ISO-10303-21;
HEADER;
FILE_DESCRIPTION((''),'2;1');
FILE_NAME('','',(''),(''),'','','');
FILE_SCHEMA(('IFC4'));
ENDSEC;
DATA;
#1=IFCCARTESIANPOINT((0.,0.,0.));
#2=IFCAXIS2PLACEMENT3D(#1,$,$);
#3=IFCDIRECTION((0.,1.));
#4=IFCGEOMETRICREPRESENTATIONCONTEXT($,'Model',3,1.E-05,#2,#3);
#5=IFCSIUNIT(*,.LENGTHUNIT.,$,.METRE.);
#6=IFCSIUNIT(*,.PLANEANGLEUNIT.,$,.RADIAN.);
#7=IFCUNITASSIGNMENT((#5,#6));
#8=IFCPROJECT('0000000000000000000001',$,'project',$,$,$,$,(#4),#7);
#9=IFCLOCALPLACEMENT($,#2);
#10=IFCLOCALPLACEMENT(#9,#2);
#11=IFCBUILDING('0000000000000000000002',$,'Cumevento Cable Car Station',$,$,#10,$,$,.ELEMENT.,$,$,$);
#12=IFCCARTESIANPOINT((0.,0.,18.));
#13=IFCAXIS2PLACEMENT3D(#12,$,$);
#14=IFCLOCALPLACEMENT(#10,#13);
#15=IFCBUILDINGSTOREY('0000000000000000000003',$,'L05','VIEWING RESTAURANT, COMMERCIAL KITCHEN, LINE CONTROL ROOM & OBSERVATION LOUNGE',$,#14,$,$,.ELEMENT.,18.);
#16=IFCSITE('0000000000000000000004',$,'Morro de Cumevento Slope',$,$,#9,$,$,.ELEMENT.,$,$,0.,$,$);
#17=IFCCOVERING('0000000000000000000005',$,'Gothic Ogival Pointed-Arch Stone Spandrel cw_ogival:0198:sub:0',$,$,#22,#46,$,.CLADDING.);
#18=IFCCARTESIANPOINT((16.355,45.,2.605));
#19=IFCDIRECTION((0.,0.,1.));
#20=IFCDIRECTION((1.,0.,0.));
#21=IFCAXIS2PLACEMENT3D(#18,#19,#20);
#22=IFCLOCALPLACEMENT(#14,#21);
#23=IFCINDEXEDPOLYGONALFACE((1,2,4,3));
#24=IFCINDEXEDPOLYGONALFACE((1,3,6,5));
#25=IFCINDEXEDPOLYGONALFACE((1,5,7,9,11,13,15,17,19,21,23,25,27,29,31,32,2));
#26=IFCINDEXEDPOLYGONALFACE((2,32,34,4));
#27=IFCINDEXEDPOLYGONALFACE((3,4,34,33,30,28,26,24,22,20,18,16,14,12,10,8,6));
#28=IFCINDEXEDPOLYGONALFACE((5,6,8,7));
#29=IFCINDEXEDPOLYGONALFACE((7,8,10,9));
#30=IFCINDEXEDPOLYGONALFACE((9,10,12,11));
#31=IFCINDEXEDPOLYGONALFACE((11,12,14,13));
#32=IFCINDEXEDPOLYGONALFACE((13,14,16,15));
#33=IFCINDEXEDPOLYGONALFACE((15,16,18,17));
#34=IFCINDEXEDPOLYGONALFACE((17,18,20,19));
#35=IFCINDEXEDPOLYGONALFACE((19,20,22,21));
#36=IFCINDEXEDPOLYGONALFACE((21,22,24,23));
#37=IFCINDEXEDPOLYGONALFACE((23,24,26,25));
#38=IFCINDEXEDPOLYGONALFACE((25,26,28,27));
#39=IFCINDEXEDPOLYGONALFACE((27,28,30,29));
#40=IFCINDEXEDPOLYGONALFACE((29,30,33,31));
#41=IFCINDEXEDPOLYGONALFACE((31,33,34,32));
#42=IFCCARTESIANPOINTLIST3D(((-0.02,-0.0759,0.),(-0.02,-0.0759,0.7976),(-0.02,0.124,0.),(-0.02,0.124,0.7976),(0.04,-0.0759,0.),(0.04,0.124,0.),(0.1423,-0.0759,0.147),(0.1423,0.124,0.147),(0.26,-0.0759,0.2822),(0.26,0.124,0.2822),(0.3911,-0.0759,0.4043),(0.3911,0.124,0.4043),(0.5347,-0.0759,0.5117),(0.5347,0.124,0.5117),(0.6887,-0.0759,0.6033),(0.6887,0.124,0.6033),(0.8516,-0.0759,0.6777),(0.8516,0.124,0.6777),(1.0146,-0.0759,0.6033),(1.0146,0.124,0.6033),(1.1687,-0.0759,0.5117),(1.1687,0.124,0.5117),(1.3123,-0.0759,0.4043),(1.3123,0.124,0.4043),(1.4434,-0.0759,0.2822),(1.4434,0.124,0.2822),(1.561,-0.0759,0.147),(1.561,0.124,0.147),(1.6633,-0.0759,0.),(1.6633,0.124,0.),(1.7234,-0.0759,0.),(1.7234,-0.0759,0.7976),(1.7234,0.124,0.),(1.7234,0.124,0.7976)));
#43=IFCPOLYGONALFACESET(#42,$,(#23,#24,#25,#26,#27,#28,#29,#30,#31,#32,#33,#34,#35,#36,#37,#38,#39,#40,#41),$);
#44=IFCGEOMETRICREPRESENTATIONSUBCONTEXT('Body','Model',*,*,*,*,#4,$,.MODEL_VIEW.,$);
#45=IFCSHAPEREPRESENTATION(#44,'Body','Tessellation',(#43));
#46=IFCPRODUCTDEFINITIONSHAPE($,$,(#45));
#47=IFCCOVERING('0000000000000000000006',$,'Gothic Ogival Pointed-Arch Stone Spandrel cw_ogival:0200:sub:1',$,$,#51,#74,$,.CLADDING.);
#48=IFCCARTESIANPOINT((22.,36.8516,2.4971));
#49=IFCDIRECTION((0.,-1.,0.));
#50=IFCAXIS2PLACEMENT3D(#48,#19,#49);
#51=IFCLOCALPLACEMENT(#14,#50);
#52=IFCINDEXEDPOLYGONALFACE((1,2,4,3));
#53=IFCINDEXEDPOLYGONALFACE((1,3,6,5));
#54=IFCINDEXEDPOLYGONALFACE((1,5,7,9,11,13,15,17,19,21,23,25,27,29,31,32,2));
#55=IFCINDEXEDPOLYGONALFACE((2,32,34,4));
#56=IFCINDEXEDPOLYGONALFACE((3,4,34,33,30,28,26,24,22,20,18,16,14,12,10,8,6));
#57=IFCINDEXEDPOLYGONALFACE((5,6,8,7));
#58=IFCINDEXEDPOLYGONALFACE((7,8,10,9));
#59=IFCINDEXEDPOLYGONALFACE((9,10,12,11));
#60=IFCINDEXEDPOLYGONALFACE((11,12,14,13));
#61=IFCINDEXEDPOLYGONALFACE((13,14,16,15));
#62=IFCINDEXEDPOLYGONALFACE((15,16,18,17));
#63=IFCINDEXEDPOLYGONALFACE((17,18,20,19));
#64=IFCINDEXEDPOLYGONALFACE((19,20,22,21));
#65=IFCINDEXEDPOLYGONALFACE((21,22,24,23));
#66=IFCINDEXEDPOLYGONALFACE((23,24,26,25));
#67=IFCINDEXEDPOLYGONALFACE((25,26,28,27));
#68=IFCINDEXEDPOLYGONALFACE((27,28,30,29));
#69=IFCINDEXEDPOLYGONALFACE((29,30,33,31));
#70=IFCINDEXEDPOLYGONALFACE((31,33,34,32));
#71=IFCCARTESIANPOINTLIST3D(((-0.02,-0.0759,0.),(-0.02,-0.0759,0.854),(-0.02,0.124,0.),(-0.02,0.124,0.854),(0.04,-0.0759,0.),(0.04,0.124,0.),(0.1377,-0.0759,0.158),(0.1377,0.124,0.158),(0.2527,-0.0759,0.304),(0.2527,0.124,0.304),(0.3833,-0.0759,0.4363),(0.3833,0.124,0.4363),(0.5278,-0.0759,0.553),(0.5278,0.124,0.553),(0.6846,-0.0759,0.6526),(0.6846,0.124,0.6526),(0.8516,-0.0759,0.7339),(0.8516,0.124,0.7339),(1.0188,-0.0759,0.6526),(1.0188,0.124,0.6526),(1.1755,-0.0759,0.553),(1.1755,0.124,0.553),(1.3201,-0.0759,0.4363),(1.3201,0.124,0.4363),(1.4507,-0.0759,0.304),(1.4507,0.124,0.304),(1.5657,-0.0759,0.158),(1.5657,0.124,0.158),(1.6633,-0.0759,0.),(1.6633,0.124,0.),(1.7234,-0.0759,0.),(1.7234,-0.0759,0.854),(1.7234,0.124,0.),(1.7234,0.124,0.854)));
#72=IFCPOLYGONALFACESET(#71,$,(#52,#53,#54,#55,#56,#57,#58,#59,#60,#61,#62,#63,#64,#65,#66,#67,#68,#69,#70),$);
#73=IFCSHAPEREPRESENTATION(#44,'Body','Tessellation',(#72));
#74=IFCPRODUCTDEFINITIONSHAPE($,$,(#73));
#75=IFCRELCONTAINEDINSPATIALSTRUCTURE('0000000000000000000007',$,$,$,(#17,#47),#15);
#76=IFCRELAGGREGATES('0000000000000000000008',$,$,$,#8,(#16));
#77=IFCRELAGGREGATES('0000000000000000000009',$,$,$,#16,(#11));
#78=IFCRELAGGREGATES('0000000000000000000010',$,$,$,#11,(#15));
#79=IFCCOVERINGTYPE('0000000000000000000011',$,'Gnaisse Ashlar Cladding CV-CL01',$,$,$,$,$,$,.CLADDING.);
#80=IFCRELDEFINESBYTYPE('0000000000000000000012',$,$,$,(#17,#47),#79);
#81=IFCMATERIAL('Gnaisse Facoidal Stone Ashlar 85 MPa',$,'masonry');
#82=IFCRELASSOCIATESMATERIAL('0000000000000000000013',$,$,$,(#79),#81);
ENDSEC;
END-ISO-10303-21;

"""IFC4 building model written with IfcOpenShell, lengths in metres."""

from ifc_helpers import new_model, si_unit, direction, frame, origin, place, context, subcontext, project, spatial, polyline, outline, extrude, material, type_object, element, save


model = new_model("IFC4")

# Units and contexts
model_context = context("Model", 3, precision=1e-05, world=origin(), true_north=direction((0.0, 1.0)))
body_context = subcontext(model_context, "Body", "Model", "MODEL_VIEW")
ifc_project = project(units=[si_unit("LENGTHUNIT", "METRE"), si_unit("PLANEANGLEUNIT", "RADIAN")], contexts=[model_context])

# Site, building, storey
site_placement = place(None, origin())
site = spatial("IfcSite", under=ifc_project, at=site_placement, Name="Morro de Cumevento Slope", CompositionType="ELEMENT", RefElevation=0.0)
building_placement = place(site_placement, origin())
building = spatial("IfcBuilding", under=site, at=building_placement, Name="Cumevento Cable Car Station", CompositionType="ELEMENT")
storey_placement = place(building_placement, frame((0.0, 0.0, 18.0)))
storey = spatial("IfcBuildingStorey", under=building, at=storey_placement, Name="L05", Description="VIEWING RESTAURANT, COMMERCIAL KITCHEN, LINE CONTROL ROOM & OBSERVATION LOUNGE", CompositionType="ELEMENT", Elevation=18.0)

# Coverings
ifc_material_1 = material(Name="Gnaisse Facoidal Stone Ashlar 85 MPa", Category="masonry")
covering_type = type_object("IfcCoveringType", Name="Gnaisse Ashlar Cladding CV-CL01", PredefinedType="CLADDING", material=ifc_material_1)
covering_1_placement = place(storey_placement, frame((16.355, 45.0, 2.605), z_axis=(0.0, 0.0, 1.0), x_axis=(1.0, 0.0, 0.0)))
element("IfcCovering", 1, at=covering_1_placement, inside=storey, type_object=covering_type, Name="Gothic Ogival Pointed-Arch Stone Spandrel cw_ogival:0198:sub:0", PredefinedType="CLADDING", context=body_context, shape_type="SweptSolid", body=[
    extrude(outline(polyline([(-0.02, 0.0), (-0.02, 0.7976), (1.7234, 0.7976), (1.7234, 0.0), (1.6633, 0.0), (1.561, 0.147), (1.4434, 0.2822), (1.3123, 0.4043), (1.1687, 0.5117), (1.0146, 0.6033), (0.8516, 0.6777), (0.6887, 0.6033), (0.5347, 0.5117), (0.3911, 0.4043), (0.26, 0.2822), (0.1423, 0.147), (0.04, 0.0), (-0.02, 0.0)])), frame((0.0, 0.124, 0.0), z_axis=(0.0, -1.0, 0.0), x_axis=(1.0, 0.0, 0.0)), (0.0, 0.0, 1.0), 0.2),
])
covering_2_placement = place(storey_placement, frame((22.0, 36.8516, 2.4971), z_axis=(0.0, 0.0, 1.0), x_axis=(0.0, -1.0, 0.0)))
element("IfcCovering", 2, at=covering_2_placement, inside=storey, type_object=covering_type, Name="Gothic Ogival Pointed-Arch Stone Spandrel cw_ogival:0200:sub:1", PredefinedType="CLADDING", context=body_context, shape_type="SweptSolid", body=[
    extrude(outline(polyline([(-0.02, 0.0), (-0.02, 0.854), (1.7234, 0.854), (1.7234, 0.0), (1.6633, 0.0), (1.5657, 0.158), (1.4507, 0.304), (1.3201, 0.4363), (1.1755, 0.553), (1.0188, 0.6526), (0.8516, 0.7339), (0.6846, 0.6526), (0.5278, 0.553), (0.3833, 0.4363), (0.2527, 0.304), (0.1377, 0.158), (0.04, 0.0), (-0.02, 0.0)])), frame((0.0, 0.124, 0.0), z_axis=(0.0, -1.0, 0.0), x_axis=(1.0, 0.0, 0.0)), (0.0, 0.0, 1.0), 0.2),
])

save(model, "model.ifc")
